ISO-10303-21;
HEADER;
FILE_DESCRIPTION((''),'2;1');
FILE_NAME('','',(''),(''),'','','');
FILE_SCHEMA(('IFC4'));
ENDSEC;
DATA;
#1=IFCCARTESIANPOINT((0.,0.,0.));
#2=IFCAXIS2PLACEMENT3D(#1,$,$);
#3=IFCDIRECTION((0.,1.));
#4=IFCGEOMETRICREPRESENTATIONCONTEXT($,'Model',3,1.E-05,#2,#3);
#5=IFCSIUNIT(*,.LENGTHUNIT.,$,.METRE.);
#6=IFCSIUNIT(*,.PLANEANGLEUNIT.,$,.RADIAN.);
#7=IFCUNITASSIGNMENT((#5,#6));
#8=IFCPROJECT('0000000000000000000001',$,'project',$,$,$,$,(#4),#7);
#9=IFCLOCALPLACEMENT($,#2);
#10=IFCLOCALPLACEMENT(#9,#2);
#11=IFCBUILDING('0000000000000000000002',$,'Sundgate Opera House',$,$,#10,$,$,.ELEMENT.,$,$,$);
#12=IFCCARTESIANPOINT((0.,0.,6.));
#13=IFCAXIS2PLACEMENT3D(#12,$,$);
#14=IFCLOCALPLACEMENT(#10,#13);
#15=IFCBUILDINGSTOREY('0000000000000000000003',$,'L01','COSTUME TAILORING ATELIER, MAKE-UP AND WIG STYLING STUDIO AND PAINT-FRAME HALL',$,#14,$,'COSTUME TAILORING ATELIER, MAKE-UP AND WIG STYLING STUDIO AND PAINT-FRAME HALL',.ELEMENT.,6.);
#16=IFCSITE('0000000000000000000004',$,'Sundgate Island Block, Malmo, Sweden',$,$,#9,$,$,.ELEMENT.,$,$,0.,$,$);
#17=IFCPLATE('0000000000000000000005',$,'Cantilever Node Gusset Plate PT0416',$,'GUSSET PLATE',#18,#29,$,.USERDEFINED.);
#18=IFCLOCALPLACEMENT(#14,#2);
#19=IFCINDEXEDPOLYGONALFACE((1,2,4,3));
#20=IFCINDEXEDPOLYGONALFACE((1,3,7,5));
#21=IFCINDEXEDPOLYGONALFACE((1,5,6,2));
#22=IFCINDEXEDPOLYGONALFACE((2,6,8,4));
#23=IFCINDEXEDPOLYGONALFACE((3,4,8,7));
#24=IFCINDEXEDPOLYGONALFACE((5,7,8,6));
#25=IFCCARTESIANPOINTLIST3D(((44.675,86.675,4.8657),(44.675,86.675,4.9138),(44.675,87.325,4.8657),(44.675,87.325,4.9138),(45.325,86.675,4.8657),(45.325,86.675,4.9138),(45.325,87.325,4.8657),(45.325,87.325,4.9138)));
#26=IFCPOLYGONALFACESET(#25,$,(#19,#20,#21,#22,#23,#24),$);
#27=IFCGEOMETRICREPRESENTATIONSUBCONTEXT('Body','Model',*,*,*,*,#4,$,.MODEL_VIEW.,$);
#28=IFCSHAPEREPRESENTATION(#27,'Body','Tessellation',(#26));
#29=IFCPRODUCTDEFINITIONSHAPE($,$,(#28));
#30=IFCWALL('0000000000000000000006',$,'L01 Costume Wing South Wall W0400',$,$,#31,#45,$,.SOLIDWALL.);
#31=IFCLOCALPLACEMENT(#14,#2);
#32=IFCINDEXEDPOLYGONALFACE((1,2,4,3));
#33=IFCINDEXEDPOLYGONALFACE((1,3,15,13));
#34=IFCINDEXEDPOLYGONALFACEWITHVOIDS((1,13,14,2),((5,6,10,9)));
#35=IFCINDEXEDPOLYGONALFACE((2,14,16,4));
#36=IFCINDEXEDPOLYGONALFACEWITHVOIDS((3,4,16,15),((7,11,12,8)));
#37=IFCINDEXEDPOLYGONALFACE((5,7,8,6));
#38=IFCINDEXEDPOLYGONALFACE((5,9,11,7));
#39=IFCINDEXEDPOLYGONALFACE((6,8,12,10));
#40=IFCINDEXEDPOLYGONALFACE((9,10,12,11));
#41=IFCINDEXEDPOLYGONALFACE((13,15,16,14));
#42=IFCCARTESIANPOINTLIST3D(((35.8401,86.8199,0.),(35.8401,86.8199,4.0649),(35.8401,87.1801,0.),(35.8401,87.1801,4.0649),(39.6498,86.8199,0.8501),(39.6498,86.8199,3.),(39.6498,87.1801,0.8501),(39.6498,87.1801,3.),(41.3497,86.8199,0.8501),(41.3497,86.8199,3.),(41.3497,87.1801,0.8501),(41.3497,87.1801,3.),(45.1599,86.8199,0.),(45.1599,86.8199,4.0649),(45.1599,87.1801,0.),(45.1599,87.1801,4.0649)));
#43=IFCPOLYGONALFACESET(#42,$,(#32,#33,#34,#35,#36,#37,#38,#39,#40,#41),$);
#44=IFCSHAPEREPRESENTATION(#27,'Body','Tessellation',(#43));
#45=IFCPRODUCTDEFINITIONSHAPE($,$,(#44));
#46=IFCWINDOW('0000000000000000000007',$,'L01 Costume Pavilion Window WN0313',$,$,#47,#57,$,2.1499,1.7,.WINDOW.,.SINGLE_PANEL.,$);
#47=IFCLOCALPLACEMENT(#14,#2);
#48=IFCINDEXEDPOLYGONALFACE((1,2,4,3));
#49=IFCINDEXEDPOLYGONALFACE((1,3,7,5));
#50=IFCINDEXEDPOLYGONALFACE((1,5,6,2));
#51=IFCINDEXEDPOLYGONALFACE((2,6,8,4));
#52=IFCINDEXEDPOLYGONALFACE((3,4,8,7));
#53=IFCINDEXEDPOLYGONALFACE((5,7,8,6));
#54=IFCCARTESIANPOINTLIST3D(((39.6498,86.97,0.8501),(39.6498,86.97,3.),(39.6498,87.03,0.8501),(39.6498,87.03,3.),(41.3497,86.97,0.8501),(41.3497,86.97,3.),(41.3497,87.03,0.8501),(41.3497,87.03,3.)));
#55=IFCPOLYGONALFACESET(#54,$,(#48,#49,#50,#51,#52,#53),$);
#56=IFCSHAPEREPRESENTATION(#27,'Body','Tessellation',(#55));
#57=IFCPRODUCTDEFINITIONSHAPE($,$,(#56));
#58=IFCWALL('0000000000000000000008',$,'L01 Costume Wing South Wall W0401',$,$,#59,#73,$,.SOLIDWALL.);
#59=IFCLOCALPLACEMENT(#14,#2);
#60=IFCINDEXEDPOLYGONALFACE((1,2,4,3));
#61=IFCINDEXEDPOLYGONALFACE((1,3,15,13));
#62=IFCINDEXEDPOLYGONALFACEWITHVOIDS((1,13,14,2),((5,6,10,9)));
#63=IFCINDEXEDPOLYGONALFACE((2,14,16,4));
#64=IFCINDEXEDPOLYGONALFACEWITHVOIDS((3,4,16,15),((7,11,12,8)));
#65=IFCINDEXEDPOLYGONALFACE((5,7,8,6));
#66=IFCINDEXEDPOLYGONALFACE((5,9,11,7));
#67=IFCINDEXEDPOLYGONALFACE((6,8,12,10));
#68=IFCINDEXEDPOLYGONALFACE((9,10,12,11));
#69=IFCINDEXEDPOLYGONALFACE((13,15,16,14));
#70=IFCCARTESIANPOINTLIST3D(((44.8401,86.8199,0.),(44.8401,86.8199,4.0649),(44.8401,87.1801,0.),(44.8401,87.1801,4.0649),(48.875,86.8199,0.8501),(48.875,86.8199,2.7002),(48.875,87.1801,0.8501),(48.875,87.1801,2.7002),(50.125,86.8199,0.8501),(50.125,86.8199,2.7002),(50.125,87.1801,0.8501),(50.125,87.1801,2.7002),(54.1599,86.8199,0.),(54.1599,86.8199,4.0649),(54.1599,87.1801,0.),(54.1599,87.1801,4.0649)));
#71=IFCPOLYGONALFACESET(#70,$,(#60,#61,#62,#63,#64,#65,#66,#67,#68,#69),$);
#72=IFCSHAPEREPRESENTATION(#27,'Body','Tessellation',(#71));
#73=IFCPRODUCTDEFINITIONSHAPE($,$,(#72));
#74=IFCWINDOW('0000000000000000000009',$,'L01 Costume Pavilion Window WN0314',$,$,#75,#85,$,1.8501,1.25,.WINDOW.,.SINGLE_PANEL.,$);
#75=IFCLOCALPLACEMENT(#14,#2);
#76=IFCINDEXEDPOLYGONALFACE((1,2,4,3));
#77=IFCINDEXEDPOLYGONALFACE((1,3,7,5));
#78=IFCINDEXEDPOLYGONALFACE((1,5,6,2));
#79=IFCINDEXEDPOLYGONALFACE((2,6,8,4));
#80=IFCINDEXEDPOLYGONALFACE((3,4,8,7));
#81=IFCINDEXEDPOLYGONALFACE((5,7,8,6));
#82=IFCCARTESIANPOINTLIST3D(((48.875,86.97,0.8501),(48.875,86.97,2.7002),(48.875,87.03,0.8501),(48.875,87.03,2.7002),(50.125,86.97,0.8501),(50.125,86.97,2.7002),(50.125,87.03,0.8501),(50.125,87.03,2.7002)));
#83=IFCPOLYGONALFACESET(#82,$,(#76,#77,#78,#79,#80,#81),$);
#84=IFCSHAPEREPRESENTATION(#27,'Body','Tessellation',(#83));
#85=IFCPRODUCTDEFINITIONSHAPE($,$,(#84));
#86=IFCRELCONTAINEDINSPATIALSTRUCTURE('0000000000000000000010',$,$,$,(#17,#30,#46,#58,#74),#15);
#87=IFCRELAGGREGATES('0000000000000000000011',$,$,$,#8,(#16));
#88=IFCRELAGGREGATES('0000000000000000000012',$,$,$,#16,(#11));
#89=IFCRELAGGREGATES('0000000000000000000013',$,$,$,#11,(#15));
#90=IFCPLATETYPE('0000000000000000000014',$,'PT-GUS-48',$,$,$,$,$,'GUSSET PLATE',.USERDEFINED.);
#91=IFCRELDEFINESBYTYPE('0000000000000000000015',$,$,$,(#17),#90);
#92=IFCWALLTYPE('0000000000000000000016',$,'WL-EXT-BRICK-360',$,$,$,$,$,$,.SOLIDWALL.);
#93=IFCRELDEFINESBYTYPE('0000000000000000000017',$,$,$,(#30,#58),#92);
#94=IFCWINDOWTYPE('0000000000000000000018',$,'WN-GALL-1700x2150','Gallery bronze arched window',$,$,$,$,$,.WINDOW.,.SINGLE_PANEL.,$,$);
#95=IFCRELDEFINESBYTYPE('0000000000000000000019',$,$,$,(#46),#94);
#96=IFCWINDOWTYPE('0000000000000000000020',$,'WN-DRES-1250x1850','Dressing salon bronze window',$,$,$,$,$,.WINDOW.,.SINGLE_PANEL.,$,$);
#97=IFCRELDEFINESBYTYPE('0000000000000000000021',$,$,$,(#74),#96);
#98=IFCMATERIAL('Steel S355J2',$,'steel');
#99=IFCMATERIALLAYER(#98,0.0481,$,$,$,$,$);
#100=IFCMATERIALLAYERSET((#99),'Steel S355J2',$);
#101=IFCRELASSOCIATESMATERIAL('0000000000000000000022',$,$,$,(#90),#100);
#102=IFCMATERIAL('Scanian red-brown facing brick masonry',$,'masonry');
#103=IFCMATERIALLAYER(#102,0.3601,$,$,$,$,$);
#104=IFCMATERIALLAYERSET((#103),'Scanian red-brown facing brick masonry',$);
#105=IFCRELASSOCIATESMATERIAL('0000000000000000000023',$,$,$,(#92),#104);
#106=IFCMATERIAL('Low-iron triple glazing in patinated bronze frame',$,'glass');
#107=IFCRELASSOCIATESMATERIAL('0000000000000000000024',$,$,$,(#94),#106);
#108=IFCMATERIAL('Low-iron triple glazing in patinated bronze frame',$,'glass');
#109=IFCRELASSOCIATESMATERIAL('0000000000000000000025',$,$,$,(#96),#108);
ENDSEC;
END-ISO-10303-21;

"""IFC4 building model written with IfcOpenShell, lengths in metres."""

from ifc_helpers import new_model, si_unit, direction, frame, frame_2d, origin, origin_2d, place, context, subcontext, project, spatial, rectangle, extrude, material, layer, layer_set, type_object, element, fill, save


model = new_model("IFC4")

# Units and contexts
model_context = context("Model", 3, precision=1e-05, world=origin(), true_north=direction((0.0, 1.0)))
body_context = subcontext(model_context, "Body", "Model", "MODEL_VIEW")
ifc_project = project(units=[si_unit("LENGTHUNIT", "METRE"), si_unit("PLANEANGLEUNIT", "RADIAN")], contexts=[model_context])

# Site, building, storey
site_placement = place(None, origin())
site = spatial("IfcSite", under=ifc_project, at=site_placement, Name="Sundgate Island Block, Malmo, Sweden", CompositionType="ELEMENT", RefElevation=0.0)
building_placement = place(site_placement, origin())
building = spatial("IfcBuilding", under=site, at=building_placement, Name="Sundgate Opera House", CompositionType="ELEMENT")
storey_placement = place(building_placement, frame((0.0, 0.0, 6.0)))
storey = spatial("IfcBuildingStorey", under=building, at=storey_placement, Name="L01", Description="COSTUME TAILORING ATELIER, MAKE-UP AND WIG STYLING STUDIO AND PAINT-FRAME HALL", LongName="COSTUME TAILORING ATELIER, MAKE-UP AND WIG STYLING STUDIO AND PAINT-FRAME HALL", CompositionType="ELEMENT", Elevation=6.0)

# Plate
ifc_material_1 = material(Name="Steel S355J2", Category="steel")
ifc_layer_1 = layer(ifc_material_1, 0.0481)
ifc_layer_set_1 = layer_set([ifc_layer_1], Name="Steel S355J2")
plate_type_1 = type_object("IfcPlateType", Name="PT-GUS-48", ElementType="GUSSET PLATE", PredefinedType="USERDEFINED", material=ifc_layer_set_1)
plate_1_placement = place(storey_placement, frame((45.0, 87.0, 4.8657), z_axis=(0.0, 0.0, 1.0), x_axis=(1.0, 0.0, 0.0)))
element("IfcPlate", 1, at=plate_1_placement, inside=storey, type_object=plate_type_1, Name="Cantilever Node Gusset Plate PT0416", ObjectType="GUSSET PLATE", PredefinedType="USERDEFINED", context=body_context, shape_type="SweptSolid", body=[
    extrude(rectangle(XDim=0.6499, YDim=0.6499, at=origin_2d()), origin(), (0.0, 0.0, 1.0), 0.0481),
])

# Walls, openings, windows
ifc_material_2 = material(Name="Scanian red-brown facing brick masonry", Category="masonry")
ifc_layer_2 = layer(ifc_material_2, 0.3601)
ifc_layer_set_2 = layer_set([ifc_layer_2], Name="Scanian red-brown facing brick masonry")
wall_type = type_object("IfcWallType", Name="WL-EXT-BRICK-360", PredefinedType="SOLIDWALL", material=ifc_layer_set_2)
wall_1_placement = place(storey_placement, frame((45.1599, 87.0, 0.0), z_axis=(0.0, 0.0, 1.0), x_axis=(-1.0, 0.0, 0.0)))
wall_1 = element("IfcWall", 2, at=wall_1_placement, inside=storey, type_object=wall_type, Name="L01 Costume Wing South Wall W0400", PredefinedType="SOLIDWALL", context=body_context, shape_type="SweptSolid", body=[
    extrude(rectangle(XDim=9.3198, YDim=0.3601, at=frame_2d((4.6599, 0.0))), origin(), (0.0, 0.0, 1.0), 4.0649),
])
opening_1_placement = place(wall_1_placement, frame((3.8101, 0.0, 0.8501)))
opening_1 = element("IfcOpeningElement", 3, at=opening_1_placement, cuts=wall_1, PredefinedType="OPENING", context=body_context, shape_type="SweptSolid", body=[
    extrude(rectangle(XDim=1.7, YDim=2.1499, at=frame_2d((0.8501, 1.075))), frame((0.0, 0.1899, 0.0), z_axis=(0.0, -1.0, 0.0), x_axis=(1.0, 0.0, 0.0)), (0.0, 0.0, 1.0), 0.3801),
])
ifc_material_3 = material(Name="Low-iron triple glazing in patinated bronze frame", Category="glass")
window_type_1 = type_object("IfcWindowType", Name="WN-GALL-1700x2150", Description="Gallery bronze arched window", PartitioningType="SINGLE_PANEL", PredefinedType="WINDOW", material=ifc_material_3)
window_1_placement = place(opening_1_placement, origin())
window_1 = element("IfcWindow", 4, at=window_1_placement, inside=storey, type_object=window_type_1, Name="L01 Costume Pavilion Window WN0313", OverallHeight=2.1499, OverallWidth=1.7, PartitioningType="SINGLE_PANEL", PredefinedType="WINDOW", context=body_context, shape_type="SweptSolid", body=[
    extrude(rectangle(XDim=1.7, YDim=2.1499, at=frame_2d((0.8501, 1.075))), frame((0.0, 0.03, 0.0), z_axis=(0.0, -1.0, 0.0), x_axis=(1.0, 0.0, 0.0)), (0.0, 0.0, 1.0), 0.0601),
])
fill(opening_1, window_1)
wall_2_placement = place(storey_placement, frame((54.1599, 87.0, 0.0), z_axis=(0.0, 0.0, 1.0), x_axis=(-1.0, 0.0, 0.0)))
wall_2 = element("IfcWall", 5, at=wall_2_placement, inside=storey, type_object=wall_type, Name="L01 Costume Wing South Wall W0401", PredefinedType="SOLIDWALL", context=body_context, shape_type="SweptSolid", body=[
    extrude(rectangle(XDim=9.3198, YDim=0.3601, at=frame_2d((4.6599, 0.0))), origin(), (0.0, 0.0, 1.0), 4.0649),
])
opening_2_placement = place(wall_2_placement, frame((4.0349, 0.0, 0.8501)))
opening_2 = element("IfcOpeningElement", 6, at=opening_2_placement, cuts=wall_2, PredefinedType="OPENING", context=body_context, shape_type="SweptSolid", body=[
    extrude(rectangle(XDim=1.25, YDim=1.8501, at=frame_2d((0.625, 0.925))), frame((0.0, 0.1899, 0.0), z_axis=(0.0, -1.0, 0.0), x_axis=(1.0, 0.0, 0.0)), (0.0, 0.0, 1.0), 0.3801),
])
ifc_material_4 = material(Name="Low-iron triple glazing in patinated bronze frame", Category="glass")
window_type_2 = type_object("IfcWindowType", Name="WN-DRES-1250x1850", Description="Dressing salon bronze window", PartitioningType="SINGLE_PANEL", PredefinedType="WINDOW", material=ifc_material_4)
window_2_placement = place(opening_2_placement, origin())
window_2 = element("IfcWindow", 7, at=window_2_placement, inside=storey, type_object=window_type_2, Name="L01 Costume Pavilion Window WN0314", OverallHeight=1.8501, OverallWidth=1.25, PartitioningType="SINGLE_PANEL", PredefinedType="WINDOW", context=body_context, shape_type="SweptSolid", body=[
    extrude(rectangle(XDim=1.25, YDim=1.8501, at=frame_2d((0.625, 0.925))), frame((0.0, 0.03, 0.0), z_axis=(0.0, -1.0, 0.0), x_axis=(1.0, 0.0, 0.0)), (0.0, 0.0, 1.0), 0.0601),
])
fill(opening_2, window_2)

save(model, "model.ifc")
